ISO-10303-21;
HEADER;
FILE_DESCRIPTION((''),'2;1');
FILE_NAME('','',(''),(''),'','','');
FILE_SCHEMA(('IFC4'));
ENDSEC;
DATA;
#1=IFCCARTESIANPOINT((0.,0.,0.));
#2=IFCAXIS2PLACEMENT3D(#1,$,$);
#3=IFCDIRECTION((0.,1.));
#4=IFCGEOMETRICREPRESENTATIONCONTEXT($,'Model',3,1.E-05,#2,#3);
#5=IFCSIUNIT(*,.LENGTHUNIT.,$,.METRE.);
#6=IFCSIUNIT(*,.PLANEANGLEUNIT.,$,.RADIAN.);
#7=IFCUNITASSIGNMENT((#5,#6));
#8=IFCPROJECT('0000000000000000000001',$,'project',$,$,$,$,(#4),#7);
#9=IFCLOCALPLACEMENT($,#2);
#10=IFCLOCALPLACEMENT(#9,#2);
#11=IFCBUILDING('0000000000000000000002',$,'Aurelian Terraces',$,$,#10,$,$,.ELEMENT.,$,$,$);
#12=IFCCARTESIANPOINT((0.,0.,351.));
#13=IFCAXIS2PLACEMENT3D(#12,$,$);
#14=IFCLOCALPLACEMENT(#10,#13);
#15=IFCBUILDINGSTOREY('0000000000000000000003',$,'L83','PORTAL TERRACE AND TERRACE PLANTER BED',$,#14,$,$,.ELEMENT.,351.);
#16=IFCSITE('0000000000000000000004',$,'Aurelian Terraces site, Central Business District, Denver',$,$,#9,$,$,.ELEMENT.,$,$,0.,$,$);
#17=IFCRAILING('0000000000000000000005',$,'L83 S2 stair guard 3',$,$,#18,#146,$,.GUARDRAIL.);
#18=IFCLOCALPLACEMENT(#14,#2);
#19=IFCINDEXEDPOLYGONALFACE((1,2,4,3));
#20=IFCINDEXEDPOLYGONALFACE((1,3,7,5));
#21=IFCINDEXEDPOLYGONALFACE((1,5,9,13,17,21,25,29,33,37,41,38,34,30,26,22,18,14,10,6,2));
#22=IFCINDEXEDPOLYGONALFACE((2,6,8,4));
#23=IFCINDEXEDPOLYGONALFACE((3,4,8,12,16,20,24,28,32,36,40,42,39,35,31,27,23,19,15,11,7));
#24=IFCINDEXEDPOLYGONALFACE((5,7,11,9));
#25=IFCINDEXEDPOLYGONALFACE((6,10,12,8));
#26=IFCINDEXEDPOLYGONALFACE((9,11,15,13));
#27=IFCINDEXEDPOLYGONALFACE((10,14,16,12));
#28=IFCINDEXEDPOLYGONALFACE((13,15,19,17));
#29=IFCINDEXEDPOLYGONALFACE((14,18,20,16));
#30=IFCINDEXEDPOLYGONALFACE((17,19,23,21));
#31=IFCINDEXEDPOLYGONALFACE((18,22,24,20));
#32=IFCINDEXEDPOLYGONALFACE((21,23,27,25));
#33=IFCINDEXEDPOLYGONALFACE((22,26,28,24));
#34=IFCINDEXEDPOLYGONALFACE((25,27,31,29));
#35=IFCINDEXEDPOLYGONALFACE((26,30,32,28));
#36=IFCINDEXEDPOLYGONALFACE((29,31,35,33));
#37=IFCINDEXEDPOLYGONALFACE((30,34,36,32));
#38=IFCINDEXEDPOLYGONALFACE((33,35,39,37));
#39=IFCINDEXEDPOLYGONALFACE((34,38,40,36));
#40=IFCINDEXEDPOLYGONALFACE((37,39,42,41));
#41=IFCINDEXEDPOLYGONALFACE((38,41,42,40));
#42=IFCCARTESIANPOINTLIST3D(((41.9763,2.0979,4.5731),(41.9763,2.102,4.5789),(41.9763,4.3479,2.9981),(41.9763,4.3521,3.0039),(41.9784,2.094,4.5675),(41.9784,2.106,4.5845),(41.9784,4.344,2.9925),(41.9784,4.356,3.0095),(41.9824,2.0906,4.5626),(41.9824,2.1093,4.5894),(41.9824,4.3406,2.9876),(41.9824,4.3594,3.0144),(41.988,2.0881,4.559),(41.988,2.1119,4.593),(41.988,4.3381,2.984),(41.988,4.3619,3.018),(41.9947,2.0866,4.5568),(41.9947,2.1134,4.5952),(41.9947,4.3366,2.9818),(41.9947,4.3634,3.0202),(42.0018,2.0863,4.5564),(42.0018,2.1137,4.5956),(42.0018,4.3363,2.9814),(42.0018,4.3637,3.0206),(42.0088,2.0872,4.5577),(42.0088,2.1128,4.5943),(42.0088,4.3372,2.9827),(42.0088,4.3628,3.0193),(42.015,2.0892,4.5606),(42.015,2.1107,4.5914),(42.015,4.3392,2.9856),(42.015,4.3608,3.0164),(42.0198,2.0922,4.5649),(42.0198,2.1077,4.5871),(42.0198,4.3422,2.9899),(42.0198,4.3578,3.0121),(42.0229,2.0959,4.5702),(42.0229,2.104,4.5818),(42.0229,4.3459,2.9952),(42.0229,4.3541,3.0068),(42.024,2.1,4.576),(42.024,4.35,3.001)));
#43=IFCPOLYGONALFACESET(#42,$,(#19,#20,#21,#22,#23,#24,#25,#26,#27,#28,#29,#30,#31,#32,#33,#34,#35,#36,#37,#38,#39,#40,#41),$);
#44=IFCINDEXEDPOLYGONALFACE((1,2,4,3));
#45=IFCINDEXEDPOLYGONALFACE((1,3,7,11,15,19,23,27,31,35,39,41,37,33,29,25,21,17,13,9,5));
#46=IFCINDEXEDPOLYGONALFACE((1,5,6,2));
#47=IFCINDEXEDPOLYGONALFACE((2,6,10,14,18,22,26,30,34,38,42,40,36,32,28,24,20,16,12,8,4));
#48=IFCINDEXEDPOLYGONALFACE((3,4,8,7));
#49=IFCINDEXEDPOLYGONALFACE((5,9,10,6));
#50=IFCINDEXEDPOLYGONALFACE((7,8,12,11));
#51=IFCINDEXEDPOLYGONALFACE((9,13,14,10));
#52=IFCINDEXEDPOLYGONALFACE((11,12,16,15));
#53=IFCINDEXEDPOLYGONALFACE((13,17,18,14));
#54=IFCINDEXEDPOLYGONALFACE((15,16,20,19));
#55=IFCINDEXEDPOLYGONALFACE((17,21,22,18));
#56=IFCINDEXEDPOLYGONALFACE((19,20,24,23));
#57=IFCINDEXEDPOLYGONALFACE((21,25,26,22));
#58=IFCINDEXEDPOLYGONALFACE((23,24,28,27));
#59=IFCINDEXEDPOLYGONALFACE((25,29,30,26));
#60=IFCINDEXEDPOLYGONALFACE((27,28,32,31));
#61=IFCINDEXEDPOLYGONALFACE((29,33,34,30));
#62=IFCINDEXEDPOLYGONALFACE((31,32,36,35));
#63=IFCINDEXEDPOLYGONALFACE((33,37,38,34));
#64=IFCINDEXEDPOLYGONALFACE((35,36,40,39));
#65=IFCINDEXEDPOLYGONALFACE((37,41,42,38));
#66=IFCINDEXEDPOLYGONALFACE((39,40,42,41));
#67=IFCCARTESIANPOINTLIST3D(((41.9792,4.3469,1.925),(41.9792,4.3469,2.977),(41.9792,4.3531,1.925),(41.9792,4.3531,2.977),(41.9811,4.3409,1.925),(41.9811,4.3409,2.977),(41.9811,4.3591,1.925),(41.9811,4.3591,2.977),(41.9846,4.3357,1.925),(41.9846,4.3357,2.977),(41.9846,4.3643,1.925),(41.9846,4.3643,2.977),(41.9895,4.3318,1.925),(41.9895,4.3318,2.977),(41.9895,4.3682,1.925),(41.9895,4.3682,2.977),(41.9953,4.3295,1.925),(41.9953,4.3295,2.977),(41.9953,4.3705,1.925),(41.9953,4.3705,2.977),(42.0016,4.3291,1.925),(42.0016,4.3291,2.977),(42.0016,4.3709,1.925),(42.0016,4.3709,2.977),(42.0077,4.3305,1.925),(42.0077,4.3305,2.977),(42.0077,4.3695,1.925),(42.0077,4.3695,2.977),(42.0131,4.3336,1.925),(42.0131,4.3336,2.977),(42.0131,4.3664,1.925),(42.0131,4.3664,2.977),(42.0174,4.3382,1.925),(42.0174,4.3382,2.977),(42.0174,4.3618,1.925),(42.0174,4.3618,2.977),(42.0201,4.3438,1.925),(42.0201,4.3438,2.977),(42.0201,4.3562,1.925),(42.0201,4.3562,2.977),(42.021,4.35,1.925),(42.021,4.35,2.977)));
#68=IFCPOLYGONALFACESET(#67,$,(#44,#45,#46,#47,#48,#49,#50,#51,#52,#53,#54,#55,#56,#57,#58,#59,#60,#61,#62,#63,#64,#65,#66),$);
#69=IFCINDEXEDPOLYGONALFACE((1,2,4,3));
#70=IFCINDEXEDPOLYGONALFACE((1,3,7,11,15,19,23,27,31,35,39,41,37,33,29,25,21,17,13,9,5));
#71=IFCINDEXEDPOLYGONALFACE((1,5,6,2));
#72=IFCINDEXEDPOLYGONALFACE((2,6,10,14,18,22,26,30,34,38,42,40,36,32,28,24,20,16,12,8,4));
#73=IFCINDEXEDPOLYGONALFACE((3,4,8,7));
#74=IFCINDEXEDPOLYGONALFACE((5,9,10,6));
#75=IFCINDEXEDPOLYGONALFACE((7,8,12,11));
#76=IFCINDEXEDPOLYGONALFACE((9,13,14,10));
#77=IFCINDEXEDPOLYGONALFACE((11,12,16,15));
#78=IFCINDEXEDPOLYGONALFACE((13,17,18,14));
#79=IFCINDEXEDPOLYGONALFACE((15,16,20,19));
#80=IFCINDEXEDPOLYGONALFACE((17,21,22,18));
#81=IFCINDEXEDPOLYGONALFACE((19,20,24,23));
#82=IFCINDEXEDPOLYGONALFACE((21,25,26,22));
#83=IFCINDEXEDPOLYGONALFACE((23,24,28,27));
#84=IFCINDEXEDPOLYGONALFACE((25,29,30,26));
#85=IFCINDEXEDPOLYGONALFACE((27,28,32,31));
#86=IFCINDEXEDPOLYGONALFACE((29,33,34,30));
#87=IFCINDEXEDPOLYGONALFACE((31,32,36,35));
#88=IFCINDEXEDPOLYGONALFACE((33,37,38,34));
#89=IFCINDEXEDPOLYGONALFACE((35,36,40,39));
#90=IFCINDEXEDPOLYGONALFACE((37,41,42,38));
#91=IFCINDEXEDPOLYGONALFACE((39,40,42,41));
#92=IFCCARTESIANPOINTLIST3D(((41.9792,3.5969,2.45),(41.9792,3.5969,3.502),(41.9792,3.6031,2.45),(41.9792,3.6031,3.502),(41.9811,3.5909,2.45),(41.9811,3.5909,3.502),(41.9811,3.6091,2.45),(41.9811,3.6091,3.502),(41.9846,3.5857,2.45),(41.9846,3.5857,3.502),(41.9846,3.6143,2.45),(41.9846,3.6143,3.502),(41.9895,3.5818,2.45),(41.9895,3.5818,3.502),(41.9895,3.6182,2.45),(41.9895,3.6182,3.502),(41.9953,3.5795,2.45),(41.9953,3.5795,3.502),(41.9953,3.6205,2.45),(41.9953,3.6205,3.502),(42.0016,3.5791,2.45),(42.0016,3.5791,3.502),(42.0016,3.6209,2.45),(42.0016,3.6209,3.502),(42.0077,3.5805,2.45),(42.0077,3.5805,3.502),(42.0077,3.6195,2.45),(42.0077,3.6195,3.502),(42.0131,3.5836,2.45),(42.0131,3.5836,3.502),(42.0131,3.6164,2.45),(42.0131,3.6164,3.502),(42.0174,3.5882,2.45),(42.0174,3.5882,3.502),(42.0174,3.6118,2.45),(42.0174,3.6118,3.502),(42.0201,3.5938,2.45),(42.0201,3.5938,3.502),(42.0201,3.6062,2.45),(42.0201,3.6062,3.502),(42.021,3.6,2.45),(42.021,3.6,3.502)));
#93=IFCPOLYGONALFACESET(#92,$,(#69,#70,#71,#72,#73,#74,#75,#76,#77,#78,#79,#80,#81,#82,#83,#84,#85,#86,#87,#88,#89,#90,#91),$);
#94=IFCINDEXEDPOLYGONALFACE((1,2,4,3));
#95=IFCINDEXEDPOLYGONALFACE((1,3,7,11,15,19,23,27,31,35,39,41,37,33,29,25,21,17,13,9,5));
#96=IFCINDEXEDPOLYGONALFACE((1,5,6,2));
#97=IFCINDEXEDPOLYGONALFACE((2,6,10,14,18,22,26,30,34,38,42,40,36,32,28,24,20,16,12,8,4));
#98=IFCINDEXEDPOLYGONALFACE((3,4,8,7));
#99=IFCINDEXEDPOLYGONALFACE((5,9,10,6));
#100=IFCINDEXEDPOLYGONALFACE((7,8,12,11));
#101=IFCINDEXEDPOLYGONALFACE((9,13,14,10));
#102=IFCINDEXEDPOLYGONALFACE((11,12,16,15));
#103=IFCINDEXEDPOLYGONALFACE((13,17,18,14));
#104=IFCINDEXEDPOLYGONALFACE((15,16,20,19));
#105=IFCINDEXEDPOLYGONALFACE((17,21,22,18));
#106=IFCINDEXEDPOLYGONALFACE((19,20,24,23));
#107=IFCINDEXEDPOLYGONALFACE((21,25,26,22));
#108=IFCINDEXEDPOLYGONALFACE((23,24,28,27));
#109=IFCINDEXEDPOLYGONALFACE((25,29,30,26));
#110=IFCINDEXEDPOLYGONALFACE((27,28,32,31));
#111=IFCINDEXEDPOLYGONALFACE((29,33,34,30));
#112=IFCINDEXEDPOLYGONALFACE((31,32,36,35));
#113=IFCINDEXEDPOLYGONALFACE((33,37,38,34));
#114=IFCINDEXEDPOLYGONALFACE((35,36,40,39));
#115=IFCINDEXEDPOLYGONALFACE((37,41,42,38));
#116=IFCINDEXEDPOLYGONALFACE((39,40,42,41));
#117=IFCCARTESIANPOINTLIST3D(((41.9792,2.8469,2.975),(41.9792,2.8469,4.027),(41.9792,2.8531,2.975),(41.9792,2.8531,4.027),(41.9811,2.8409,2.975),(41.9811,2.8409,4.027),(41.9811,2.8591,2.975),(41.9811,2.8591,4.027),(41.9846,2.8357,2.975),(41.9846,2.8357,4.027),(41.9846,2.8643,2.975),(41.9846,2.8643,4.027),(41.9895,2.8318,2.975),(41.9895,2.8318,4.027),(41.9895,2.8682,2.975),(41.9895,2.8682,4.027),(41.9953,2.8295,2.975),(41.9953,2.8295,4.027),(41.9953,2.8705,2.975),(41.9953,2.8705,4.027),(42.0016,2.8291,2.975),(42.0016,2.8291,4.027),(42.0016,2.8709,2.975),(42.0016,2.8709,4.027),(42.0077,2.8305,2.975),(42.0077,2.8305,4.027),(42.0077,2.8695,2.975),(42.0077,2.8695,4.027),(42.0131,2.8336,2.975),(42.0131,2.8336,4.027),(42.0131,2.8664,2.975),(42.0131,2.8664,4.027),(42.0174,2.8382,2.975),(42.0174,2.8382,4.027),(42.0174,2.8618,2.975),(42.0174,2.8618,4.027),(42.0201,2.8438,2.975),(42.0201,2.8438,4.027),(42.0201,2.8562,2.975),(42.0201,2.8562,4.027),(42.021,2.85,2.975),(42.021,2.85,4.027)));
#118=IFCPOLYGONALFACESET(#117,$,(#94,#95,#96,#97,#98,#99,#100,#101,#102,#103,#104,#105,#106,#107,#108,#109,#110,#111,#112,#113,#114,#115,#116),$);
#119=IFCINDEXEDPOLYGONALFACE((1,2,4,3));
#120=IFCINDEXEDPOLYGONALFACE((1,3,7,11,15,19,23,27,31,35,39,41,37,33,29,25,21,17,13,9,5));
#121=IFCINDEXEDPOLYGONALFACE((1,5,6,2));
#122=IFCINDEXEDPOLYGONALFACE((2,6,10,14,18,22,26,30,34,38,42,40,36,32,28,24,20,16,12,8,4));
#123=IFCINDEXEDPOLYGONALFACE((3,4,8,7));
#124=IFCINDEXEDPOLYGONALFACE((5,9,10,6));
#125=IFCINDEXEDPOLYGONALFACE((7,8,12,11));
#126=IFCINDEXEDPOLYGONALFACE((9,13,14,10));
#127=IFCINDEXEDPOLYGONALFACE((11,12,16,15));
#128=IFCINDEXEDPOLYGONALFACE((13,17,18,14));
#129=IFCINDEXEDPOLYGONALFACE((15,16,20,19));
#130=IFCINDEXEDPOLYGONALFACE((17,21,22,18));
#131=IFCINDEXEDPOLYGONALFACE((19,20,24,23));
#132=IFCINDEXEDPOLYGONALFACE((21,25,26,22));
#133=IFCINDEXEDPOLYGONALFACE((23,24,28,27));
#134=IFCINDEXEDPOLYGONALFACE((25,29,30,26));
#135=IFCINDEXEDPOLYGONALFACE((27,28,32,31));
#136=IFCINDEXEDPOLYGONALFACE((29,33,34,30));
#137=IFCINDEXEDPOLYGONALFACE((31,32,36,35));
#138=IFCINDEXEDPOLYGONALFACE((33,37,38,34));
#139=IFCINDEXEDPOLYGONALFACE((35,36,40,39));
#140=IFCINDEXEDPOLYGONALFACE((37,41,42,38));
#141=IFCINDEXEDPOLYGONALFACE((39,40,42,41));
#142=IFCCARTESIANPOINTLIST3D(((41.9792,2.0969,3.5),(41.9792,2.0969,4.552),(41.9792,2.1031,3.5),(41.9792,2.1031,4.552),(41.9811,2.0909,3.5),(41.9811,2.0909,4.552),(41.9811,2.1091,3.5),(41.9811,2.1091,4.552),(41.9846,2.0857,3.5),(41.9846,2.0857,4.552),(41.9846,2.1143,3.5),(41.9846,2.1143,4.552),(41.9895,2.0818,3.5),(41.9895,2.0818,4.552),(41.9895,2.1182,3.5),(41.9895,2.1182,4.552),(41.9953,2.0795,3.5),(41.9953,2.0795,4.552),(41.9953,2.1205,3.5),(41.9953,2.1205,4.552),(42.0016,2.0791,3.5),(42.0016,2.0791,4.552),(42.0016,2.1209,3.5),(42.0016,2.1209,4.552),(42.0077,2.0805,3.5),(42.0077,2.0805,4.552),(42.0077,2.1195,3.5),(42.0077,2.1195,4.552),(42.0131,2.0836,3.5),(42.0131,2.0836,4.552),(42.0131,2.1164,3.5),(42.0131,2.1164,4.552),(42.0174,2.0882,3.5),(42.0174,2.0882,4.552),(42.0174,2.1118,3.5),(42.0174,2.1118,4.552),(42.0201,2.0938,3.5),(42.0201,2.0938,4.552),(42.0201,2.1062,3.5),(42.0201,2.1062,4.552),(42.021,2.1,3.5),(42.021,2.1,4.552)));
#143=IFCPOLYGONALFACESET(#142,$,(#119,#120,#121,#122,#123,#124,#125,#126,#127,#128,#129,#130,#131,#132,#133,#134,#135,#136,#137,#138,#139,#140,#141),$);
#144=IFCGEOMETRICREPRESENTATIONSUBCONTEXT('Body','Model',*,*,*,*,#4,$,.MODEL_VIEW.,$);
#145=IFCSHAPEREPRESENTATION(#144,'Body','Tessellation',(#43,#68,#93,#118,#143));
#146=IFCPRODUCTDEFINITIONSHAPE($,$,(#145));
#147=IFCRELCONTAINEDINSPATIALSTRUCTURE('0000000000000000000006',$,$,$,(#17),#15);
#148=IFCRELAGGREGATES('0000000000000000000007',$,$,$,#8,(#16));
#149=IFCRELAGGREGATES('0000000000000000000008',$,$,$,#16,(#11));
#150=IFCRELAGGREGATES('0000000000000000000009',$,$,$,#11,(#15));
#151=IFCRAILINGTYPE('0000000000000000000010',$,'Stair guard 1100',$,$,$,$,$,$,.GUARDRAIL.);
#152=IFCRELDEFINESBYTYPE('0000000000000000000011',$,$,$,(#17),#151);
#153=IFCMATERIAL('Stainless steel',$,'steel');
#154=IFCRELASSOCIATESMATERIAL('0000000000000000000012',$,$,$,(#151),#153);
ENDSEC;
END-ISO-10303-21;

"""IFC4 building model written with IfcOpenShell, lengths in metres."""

from ifc_helpers import new_model, si_unit, direction, frame, origin, origin_2d, place, context, subcontext, project, spatial, circle, extrude, source, transform, mapped, material, type_object, element, save


model = new_model("IFC4")

# Units and contexts
model_context = context("Model", 3, precision=1e-05, world=origin(), true_north=direction((0.0, 1.0)))
body_context = subcontext(model_context, "Body", "Model", "MODEL_VIEW")
ifc_project = project(units=[si_unit("LENGTHUNIT", "METRE"), si_unit("PLANEANGLEUNIT", "RADIAN")], contexts=[model_context])

# Site, building, storey
site_placement = place(None, origin())
site = spatial("IfcSite", under=ifc_project, at=site_placement, Name="Aurelian Terraces site, Central Business District, Denver", CompositionType="ELEMENT", RefElevation=0.0)
building_placement = place(site_placement, origin())
building = spatial("IfcBuilding", under=site, at=building_placement, Name="Aurelian Terraces", CompositionType="ELEMENT")
storey_placement = place(building_placement, frame((0.0, 0.0, 351.0)))
storey = spatial("IfcBuildingStorey", under=building, at=storey_placement, Name="L83", Description="PORTAL TERRACE AND TERRACE PLANTER BED", CompositionType="ELEMENT", Elevation=351.0)

# Railing
ifc_material_1 = material(Name="Stainless steel", Category="steel")
railing_type_1 = type_object("IfcRailingType", Name="Stair guard 1100", PredefinedType="GUARDRAIL", material=ifc_material_1)
shared_shape_1 = source(origin(), body_context, "Body", "SweptSolid", [
    extrude(circle(Radius=0.024, at=origin_2d()), frame((0.0, 0.0, 1.076), z_axis=(0.0, -0.819232, 0.573462), x_axis=(1.0, 0.0, 0.0)), (0.0, 0.0, 1.0), 2.7465),
    extrude(circle(Radius=0.021, at=origin_2d()), origin(), (0.0, 0.0, 1.0), 1.052),
    extrude(circle(Radius=0.021, at=origin_2d()), frame((0.0, -0.75, 0.525)), (0.0, 0.0, 1.0), 1.052),
    extrude(circle(Radius=0.021, at=origin_2d()), frame((0.0, -1.5, 1.05)), (0.0, 0.0, 1.0), 1.052),
    extrude(circle(Radius=0.021, at=origin_2d()), frame((0.0, -2.25, 1.575)), (0.0, 0.0, 1.0), 1.052),
])
railing_1_placement = place(storey_placement, frame((42.0, 4.35, 1.925)))
element("IfcRailing", 1, at=railing_1_placement, inside=storey, type_object=railing_type_1, Name="L83 S2 stair guard 3", PredefinedType="GUARDRAIL", context=body_context, shape_type="MappedRepresentation", body=[
    mapped(shared_shape_1, transform((0.0, 0.0, 0.0), scale=1.0)),
])

save(model, "model.ifc")
